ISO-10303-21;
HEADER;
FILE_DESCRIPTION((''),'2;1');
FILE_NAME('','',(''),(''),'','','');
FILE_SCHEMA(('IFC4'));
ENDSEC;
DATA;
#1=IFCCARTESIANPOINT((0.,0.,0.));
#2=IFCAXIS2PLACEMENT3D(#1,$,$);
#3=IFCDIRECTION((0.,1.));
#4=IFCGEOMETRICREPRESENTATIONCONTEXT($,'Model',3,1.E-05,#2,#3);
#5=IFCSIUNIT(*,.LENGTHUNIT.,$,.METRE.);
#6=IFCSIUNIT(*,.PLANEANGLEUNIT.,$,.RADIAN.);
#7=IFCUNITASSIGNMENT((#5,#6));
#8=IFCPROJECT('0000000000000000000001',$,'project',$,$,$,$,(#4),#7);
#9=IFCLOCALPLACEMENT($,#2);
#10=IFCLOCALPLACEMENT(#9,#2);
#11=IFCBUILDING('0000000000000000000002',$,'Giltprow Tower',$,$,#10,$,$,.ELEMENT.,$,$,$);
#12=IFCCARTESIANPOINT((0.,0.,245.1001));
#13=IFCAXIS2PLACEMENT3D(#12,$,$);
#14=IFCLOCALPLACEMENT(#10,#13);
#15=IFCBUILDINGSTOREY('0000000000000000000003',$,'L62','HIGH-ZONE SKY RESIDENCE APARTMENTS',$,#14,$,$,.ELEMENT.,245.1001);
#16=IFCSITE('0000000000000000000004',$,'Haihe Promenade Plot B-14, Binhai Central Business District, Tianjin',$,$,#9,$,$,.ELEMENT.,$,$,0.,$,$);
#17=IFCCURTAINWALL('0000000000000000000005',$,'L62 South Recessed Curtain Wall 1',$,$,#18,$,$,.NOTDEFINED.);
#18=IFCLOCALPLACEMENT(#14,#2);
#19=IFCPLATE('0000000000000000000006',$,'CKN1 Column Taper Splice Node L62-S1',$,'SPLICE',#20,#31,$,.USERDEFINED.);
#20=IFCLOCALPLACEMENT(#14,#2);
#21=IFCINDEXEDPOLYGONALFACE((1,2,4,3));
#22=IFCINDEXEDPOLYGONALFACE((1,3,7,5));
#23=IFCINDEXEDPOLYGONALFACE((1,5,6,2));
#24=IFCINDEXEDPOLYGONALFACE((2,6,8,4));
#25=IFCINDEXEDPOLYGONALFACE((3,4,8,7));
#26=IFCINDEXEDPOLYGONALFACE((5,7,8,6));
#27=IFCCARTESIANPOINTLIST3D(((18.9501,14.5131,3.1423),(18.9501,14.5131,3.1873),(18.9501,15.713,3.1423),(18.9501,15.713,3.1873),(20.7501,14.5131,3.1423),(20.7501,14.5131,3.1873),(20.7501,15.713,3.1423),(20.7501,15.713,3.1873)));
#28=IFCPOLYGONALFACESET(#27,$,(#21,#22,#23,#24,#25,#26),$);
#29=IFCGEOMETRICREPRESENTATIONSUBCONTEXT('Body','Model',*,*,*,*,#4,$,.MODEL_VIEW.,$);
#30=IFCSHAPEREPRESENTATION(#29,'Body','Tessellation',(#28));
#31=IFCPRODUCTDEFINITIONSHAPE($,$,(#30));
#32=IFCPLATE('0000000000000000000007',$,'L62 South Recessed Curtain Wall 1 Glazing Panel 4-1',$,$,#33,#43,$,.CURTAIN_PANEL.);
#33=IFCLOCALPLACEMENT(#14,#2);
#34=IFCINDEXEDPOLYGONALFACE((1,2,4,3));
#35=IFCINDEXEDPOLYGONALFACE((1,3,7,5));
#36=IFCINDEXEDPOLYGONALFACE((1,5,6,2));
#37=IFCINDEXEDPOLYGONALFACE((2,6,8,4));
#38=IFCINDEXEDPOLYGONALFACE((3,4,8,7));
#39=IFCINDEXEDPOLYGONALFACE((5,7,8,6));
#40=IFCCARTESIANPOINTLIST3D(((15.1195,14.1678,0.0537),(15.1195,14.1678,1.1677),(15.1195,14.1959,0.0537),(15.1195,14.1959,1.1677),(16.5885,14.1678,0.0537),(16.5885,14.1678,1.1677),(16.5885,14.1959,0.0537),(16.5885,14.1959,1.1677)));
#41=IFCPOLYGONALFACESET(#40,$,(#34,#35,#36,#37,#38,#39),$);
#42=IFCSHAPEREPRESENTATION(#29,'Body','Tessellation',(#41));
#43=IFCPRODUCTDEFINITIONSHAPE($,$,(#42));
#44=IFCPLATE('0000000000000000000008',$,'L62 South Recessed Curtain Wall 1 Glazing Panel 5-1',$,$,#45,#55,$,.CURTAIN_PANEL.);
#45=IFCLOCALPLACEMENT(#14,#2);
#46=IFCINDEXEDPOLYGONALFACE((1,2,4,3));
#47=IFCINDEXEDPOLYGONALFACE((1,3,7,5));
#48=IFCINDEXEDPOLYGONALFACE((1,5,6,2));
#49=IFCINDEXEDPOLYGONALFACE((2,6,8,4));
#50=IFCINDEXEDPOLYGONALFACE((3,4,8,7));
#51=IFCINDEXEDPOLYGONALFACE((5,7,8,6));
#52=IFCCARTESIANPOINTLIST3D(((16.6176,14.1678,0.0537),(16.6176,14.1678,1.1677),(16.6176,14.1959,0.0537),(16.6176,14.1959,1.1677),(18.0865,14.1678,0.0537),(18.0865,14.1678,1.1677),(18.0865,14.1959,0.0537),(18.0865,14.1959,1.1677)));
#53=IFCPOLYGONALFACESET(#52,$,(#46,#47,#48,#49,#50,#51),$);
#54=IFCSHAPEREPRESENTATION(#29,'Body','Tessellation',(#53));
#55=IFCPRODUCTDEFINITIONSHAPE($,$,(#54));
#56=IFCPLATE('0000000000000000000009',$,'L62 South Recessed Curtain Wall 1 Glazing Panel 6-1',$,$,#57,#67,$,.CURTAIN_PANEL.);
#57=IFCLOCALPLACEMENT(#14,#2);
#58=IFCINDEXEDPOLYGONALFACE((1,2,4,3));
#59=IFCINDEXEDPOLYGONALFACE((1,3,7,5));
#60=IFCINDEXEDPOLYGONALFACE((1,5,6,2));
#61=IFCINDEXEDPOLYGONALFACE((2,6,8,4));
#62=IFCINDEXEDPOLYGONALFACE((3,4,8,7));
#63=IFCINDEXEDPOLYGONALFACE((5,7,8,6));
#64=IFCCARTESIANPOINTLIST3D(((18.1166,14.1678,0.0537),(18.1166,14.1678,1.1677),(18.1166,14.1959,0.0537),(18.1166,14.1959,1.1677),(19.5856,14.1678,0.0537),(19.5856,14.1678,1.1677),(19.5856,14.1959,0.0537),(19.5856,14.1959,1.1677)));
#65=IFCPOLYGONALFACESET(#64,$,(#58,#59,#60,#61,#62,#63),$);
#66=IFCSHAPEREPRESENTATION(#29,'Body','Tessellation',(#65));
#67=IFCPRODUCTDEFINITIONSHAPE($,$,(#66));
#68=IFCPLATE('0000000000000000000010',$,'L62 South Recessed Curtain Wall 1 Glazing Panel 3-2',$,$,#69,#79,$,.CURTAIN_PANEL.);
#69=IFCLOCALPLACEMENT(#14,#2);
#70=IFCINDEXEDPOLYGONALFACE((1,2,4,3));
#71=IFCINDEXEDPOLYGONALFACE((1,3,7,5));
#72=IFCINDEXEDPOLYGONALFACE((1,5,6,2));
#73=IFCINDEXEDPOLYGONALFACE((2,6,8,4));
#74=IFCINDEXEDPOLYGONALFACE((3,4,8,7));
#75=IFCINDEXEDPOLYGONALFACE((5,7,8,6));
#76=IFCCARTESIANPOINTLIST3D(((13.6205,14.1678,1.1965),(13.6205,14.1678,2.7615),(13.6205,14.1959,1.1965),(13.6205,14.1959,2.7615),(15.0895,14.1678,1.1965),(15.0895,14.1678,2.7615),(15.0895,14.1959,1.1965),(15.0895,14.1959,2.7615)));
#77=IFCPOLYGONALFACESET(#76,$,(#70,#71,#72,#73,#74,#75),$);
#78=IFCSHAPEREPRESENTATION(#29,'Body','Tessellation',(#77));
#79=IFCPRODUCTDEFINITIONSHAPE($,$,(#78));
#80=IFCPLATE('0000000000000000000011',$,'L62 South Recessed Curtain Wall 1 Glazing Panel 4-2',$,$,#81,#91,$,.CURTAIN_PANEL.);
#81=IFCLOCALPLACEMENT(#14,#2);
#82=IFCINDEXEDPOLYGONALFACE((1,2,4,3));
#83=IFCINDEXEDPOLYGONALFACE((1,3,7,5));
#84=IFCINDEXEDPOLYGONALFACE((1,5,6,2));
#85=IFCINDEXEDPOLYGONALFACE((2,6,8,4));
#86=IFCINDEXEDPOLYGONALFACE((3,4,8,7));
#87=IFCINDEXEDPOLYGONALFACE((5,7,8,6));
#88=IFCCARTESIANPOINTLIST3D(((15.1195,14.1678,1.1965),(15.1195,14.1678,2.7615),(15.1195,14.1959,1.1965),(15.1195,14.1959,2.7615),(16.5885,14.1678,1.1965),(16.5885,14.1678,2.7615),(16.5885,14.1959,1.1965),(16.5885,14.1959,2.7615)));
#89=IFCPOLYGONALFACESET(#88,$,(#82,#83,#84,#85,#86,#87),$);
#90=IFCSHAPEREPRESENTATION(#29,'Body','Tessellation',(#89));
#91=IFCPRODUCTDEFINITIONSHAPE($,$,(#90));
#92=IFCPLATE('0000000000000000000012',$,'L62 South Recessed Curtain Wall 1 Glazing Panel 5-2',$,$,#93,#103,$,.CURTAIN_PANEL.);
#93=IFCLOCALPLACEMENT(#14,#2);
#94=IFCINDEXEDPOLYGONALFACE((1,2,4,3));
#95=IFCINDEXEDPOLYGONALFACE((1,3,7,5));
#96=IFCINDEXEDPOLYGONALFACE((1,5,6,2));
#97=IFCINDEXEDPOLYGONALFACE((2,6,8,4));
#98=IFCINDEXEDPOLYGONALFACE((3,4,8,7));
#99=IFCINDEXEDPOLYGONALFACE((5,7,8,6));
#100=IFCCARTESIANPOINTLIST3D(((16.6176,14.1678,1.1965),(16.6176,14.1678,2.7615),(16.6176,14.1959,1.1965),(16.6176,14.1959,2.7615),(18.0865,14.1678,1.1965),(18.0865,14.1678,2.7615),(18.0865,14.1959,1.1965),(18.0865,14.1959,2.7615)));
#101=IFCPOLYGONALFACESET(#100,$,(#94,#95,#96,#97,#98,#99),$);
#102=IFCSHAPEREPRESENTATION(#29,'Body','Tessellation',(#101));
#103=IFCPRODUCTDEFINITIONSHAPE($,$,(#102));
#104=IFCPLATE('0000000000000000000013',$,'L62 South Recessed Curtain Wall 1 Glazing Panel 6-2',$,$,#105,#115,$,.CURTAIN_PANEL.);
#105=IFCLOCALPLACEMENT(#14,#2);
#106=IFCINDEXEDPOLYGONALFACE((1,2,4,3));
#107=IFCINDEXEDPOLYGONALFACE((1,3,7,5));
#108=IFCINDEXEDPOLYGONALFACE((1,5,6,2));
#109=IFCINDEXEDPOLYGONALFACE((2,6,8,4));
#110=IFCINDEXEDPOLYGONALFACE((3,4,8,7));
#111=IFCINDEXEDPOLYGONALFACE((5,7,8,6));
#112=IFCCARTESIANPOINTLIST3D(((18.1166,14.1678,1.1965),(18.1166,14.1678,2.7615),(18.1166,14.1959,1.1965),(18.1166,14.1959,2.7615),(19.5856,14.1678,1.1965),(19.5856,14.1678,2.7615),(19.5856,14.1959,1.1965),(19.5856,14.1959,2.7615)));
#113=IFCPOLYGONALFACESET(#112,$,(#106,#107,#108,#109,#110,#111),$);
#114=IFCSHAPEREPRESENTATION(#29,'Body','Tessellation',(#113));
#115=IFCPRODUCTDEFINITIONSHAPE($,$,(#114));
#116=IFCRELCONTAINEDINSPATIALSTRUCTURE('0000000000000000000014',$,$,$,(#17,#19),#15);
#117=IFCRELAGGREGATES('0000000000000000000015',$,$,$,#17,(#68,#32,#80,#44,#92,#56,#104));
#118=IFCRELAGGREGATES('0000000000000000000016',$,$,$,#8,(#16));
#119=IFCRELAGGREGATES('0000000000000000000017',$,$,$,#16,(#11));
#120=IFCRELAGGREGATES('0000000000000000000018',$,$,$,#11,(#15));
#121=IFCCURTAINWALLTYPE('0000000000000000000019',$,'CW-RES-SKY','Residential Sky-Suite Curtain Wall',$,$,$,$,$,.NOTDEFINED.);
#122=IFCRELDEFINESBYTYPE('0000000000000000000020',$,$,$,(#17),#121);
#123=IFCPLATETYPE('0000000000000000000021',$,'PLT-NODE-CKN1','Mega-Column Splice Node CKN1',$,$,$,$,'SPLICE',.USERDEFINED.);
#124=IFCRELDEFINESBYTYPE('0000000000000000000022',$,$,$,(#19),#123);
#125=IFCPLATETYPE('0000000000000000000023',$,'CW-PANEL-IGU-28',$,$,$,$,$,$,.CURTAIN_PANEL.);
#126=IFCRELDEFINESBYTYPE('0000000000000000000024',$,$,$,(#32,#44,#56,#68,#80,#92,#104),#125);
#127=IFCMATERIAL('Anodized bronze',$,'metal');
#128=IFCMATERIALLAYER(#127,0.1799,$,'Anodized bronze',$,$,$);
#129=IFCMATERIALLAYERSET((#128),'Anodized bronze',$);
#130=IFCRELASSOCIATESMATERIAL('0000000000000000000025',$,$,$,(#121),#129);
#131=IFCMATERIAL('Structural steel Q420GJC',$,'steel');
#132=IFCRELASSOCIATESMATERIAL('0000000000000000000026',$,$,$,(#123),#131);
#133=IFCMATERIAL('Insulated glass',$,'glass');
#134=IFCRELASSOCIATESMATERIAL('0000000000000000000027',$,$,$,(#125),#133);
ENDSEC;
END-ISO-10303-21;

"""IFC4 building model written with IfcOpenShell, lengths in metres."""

from ifc_helpers import new_model, si_unit, direction, frame, origin, origin_2d, place, context, subcontext, project, spatial, rectangle, extrude, source, transform, mapped, material, layer, layer_set, type_object, element, aggregate, save


model = new_model("IFC4")

# Units and contexts
model_context = context("Model", 3, precision=1e-05, world=origin(), true_north=direction((0.0, 1.0)))
body_context = subcontext(model_context, "Body", "Model", "MODEL_VIEW")
ifc_project = project(units=[si_unit("LENGTHUNIT", "METRE"), si_unit("PLANEANGLEUNIT", "RADIAN")], contexts=[model_context])

# Site, building, storey
site_placement = place(None, origin())
site = spatial("IfcSite", under=ifc_project, at=site_placement, Name="Haihe Promenade Plot B-14, Binhai Central Business District, Tianjin", CompositionType="ELEMENT", RefElevation=0.0)
building_placement = place(site_placement, origin())
building = spatial("IfcBuilding", under=site, at=building_placement, Name="Giltprow Tower", CompositionType="ELEMENT")
storey_placement = place(building_placement, frame((0.0, 0.0, 245.1001)))
storey = spatial("IfcBuildingStorey", under=building, at=storey_placement, Name="L62", Description="HIGH-ZONE SKY RESIDENCE APARTMENTS", CompositionType="ELEMENT", Elevation=245.1001)

# Curtain wall
ifc_material_1 = material(Name="Anodized bronze", Category="metal")
ifc_layer_1 = layer(ifc_material_1, 0.1799, Name="Anodized bronze")
ifc_layer_set_1 = layer_set([ifc_layer_1], Name="Anodized bronze")
curtain_wall_type = type_object("IfcCurtainWallType", Name="CW-RES-SKY", Description="Residential Sky-Suite Curtain Wall", PredefinedType="NOTDEFINED", material=ifc_layer_set_1)
curtain_wall_placement = place(storey_placement, origin())
curtain_wall = element("IfcCurtainWall", 1, at=curtain_wall_placement, inside=storey, type_object=curtain_wall_type, Name="L62 South Recessed Curtain Wall 1", PredefinedType="NOTDEFINED")

# Plates
ifc_material_2 = material(Name="Structural steel Q420GJC", Category="steel")
plate_type_1 = type_object("IfcPlateType", Name="PLT-NODE-CKN1", Description="Mega-Column Splice Node CKN1", ElementType="SPLICE", PredefinedType="USERDEFINED", material=ifc_material_2)
shared_shape_1 = source(origin(), body_context, "Body", "SweptSolid", [
    extrude(rectangle(XDim=1.8, YDim=1.2, at=origin_2d()), origin(), (0.0, 0.0, 1.0), 0.0449),
])
plate_1_placement = place(storey_placement, frame((19.8501, 15.113, 3.1423), z_axis=(0.0, 0.0, 1.0), x_axis=(1.0, 0.0, 0.0)))
element("IfcPlate", 2, at=plate_1_placement, inside=storey, type_object=plate_type_1, Name="CKN1 Column Taper Splice Node L62-S1", ObjectType="SPLICE", PredefinedType="USERDEFINED", context=body_context, shape_type="MappedRepresentation", body=[
    mapped(shared_shape_1, transform((0.0, 0.0, 0.0), x_axis=(1.0, 0.0, 0.0), y_axis=(0.0, 1.0, 0.0), z_axis=(0.0, 0.0, 1.0), scale=1.0)),
])
ifc_material_3 = material(Name="Insulated glass", Category="glass")
plate_type_2 = type_object("IfcPlateType", Name="CW-PANEL-IGU-28", PredefinedType="CURTAIN_PANEL", material=ifc_material_3)
shared_shape_2 = source(origin(), body_context, "Body", "SweptSolid", [
    extrude(rectangle(XDim=1.469, YDim=0.0281, at=origin_2d()), origin(), (0.0, 0.0, 1.0), 1.114),
])
plate_2_placement = place(storey_placement, frame((15.854, 14.1819, 0.0537), z_axis=(0.0, 0.0, 1.0), x_axis=(1.0, 0.0, 0.0)))
plate_2 = element("IfcPlate", 3, at=plate_2_placement, type_object=plate_type_2, Name="L62 South Recessed Curtain Wall 1 Glazing Panel 4-1", PredefinedType="CURTAIN_PANEL", context=body_context, shape_type="MappedRepresentation", body=[
    mapped(shared_shape_2, transform((0.0, 0.0, 0.0), x_axis=(1.0, 0.0, 0.0), y_axis=(0.0, 1.0, 0.0), z_axis=(0.0, 0.0, 1.0), scale=1.0)),
])
plate_3_placement = place(storey_placement, frame((17.3521, 14.1819, 0.0537), z_axis=(0.0, 0.0, 1.0), x_axis=(1.0, 0.0, 0.0)))
plate_3 = element("IfcPlate", 4, at=plate_3_placement, type_object=plate_type_2, Name="L62 South Recessed Curtain Wall 1 Glazing Panel 5-1", PredefinedType="CURTAIN_PANEL", context=body_context, shape_type="MappedRepresentation", body=[
    mapped(shared_shape_2, transform((0.0, 0.0, 0.0), x_axis=(1.0, 0.0, 0.0), y_axis=(0.0, 1.0, 0.0), z_axis=(0.0, 0.0, 1.0), scale=1.0)),
])
plate_4_placement = place(storey_placement, frame((18.8511, 14.1819, 0.0537), z_axis=(0.0, 0.0, 1.0), x_axis=(1.0, 0.0, 0.0)))
plate_4 = element("IfcPlate", 5, at=plate_4_placement, type_object=plate_type_2, Name="L62 South Recessed Curtain Wall 1 Glazing Panel 6-1", PredefinedType="CURTAIN_PANEL", context=body_context, shape_type="MappedRepresentation", body=[
    mapped(shared_shape_2, transform((0.0, 0.0, 0.0), x_axis=(1.0, 0.0, 0.0), y_axis=(0.0, 1.0, 0.0), z_axis=(0.0, 0.0, 1.0), scale=1.0)),
])
shared_shape_3 = source(origin(), body_context, "Body", "SweptSolid", [
    extrude(rectangle(XDim=1.469, YDim=0.0281, at=origin_2d()), origin(), (0.0, 0.0, 1.0), 1.5649),
])
plate_5_placement = place(storey_placement, frame((14.355, 14.1819, 1.1965), z_axis=(0.0, 0.0, 1.0), x_axis=(1.0, 0.0, 0.0)))
plate_5 = element("IfcPlate", 6, at=plate_5_placement, type_object=plate_type_2, Name="L62 South Recessed Curtain Wall 1 Glazing Panel 3-2", PredefinedType="CURTAIN_PANEL", context=body_context, shape_type="MappedRepresentation", body=[
    mapped(shared_shape_3, transform((0.0, 0.0, 0.0), x_axis=(1.0, 0.0, 0.0), y_axis=(0.0, 1.0, 0.0), z_axis=(0.0, 0.0, 1.0), scale=1.0)),
])
plate_6_placement = place(storey_placement, frame((15.854, 14.1819, 1.1965), z_axis=(0.0, 0.0, 1.0), x_axis=(1.0, 0.0, 0.0)))
plate_6 = element("IfcPlate", 7, at=plate_6_placement, type_object=plate_type_2, Name="L62 South Recessed Curtain Wall 1 Glazing Panel 4-2", PredefinedType="CURTAIN_PANEL", context=body_context, shape_type="MappedRepresentation", body=[
    mapped(shared_shape_3, transform((0.0, 0.0, 0.0), x_axis=(1.0, 0.0, 0.0), y_axis=(0.0, 1.0, 0.0), z_axis=(0.0, 0.0, 1.0), scale=1.0)),
])
plate_7_placement = place(storey_placement, frame((17.3521, 14.1819, 1.1965), z_axis=(0.0, 0.0, 1.0), x_axis=(1.0, 0.0, 0.0)))
plate_7 = element("IfcPlate", 8, at=plate_7_placement, type_object=plate_type_2, Name="L62 South Recessed Curtain Wall 1 Glazing Panel 5-2", PredefinedType="CURTAIN_PANEL", context=body_context, shape_type="MappedRepresentation", body=[
    mapped(shared_shape_3, transform((0.0, 0.0, 0.0), x_axis=(1.0, 0.0, 0.0), y_axis=(0.0, 1.0, 0.0), z_axis=(0.0, 0.0, 1.0), scale=1.0)),
])
plate_8_placement = place(storey_placement, frame((18.8511, 14.1819, 1.1965), z_axis=(0.0, 0.0, 1.0), x_axis=(1.0, 0.0, 0.0)))
plate_8 = element("IfcPlate", 9, at=plate_8_placement, type_object=plate_type_2, Name="L62 South Recessed Curtain Wall 1 Glazing Panel 6-2", PredefinedType="CURTAIN_PANEL", context=body_context, shape_type="MappedRepresentation", body=[
    mapped(shared_shape_3, transform((0.0, 0.0, 0.0), x_axis=(1.0, 0.0, 0.0), y_axis=(0.0, 1.0, 0.0), z_axis=(0.0, 0.0, 1.0), scale=1.0)),
])
aggregate(curtain_wall, [plate_5, plate_2, plate_6, plate_3, plate_7, plate_4, plate_8])

save(model, "model.ifc")
